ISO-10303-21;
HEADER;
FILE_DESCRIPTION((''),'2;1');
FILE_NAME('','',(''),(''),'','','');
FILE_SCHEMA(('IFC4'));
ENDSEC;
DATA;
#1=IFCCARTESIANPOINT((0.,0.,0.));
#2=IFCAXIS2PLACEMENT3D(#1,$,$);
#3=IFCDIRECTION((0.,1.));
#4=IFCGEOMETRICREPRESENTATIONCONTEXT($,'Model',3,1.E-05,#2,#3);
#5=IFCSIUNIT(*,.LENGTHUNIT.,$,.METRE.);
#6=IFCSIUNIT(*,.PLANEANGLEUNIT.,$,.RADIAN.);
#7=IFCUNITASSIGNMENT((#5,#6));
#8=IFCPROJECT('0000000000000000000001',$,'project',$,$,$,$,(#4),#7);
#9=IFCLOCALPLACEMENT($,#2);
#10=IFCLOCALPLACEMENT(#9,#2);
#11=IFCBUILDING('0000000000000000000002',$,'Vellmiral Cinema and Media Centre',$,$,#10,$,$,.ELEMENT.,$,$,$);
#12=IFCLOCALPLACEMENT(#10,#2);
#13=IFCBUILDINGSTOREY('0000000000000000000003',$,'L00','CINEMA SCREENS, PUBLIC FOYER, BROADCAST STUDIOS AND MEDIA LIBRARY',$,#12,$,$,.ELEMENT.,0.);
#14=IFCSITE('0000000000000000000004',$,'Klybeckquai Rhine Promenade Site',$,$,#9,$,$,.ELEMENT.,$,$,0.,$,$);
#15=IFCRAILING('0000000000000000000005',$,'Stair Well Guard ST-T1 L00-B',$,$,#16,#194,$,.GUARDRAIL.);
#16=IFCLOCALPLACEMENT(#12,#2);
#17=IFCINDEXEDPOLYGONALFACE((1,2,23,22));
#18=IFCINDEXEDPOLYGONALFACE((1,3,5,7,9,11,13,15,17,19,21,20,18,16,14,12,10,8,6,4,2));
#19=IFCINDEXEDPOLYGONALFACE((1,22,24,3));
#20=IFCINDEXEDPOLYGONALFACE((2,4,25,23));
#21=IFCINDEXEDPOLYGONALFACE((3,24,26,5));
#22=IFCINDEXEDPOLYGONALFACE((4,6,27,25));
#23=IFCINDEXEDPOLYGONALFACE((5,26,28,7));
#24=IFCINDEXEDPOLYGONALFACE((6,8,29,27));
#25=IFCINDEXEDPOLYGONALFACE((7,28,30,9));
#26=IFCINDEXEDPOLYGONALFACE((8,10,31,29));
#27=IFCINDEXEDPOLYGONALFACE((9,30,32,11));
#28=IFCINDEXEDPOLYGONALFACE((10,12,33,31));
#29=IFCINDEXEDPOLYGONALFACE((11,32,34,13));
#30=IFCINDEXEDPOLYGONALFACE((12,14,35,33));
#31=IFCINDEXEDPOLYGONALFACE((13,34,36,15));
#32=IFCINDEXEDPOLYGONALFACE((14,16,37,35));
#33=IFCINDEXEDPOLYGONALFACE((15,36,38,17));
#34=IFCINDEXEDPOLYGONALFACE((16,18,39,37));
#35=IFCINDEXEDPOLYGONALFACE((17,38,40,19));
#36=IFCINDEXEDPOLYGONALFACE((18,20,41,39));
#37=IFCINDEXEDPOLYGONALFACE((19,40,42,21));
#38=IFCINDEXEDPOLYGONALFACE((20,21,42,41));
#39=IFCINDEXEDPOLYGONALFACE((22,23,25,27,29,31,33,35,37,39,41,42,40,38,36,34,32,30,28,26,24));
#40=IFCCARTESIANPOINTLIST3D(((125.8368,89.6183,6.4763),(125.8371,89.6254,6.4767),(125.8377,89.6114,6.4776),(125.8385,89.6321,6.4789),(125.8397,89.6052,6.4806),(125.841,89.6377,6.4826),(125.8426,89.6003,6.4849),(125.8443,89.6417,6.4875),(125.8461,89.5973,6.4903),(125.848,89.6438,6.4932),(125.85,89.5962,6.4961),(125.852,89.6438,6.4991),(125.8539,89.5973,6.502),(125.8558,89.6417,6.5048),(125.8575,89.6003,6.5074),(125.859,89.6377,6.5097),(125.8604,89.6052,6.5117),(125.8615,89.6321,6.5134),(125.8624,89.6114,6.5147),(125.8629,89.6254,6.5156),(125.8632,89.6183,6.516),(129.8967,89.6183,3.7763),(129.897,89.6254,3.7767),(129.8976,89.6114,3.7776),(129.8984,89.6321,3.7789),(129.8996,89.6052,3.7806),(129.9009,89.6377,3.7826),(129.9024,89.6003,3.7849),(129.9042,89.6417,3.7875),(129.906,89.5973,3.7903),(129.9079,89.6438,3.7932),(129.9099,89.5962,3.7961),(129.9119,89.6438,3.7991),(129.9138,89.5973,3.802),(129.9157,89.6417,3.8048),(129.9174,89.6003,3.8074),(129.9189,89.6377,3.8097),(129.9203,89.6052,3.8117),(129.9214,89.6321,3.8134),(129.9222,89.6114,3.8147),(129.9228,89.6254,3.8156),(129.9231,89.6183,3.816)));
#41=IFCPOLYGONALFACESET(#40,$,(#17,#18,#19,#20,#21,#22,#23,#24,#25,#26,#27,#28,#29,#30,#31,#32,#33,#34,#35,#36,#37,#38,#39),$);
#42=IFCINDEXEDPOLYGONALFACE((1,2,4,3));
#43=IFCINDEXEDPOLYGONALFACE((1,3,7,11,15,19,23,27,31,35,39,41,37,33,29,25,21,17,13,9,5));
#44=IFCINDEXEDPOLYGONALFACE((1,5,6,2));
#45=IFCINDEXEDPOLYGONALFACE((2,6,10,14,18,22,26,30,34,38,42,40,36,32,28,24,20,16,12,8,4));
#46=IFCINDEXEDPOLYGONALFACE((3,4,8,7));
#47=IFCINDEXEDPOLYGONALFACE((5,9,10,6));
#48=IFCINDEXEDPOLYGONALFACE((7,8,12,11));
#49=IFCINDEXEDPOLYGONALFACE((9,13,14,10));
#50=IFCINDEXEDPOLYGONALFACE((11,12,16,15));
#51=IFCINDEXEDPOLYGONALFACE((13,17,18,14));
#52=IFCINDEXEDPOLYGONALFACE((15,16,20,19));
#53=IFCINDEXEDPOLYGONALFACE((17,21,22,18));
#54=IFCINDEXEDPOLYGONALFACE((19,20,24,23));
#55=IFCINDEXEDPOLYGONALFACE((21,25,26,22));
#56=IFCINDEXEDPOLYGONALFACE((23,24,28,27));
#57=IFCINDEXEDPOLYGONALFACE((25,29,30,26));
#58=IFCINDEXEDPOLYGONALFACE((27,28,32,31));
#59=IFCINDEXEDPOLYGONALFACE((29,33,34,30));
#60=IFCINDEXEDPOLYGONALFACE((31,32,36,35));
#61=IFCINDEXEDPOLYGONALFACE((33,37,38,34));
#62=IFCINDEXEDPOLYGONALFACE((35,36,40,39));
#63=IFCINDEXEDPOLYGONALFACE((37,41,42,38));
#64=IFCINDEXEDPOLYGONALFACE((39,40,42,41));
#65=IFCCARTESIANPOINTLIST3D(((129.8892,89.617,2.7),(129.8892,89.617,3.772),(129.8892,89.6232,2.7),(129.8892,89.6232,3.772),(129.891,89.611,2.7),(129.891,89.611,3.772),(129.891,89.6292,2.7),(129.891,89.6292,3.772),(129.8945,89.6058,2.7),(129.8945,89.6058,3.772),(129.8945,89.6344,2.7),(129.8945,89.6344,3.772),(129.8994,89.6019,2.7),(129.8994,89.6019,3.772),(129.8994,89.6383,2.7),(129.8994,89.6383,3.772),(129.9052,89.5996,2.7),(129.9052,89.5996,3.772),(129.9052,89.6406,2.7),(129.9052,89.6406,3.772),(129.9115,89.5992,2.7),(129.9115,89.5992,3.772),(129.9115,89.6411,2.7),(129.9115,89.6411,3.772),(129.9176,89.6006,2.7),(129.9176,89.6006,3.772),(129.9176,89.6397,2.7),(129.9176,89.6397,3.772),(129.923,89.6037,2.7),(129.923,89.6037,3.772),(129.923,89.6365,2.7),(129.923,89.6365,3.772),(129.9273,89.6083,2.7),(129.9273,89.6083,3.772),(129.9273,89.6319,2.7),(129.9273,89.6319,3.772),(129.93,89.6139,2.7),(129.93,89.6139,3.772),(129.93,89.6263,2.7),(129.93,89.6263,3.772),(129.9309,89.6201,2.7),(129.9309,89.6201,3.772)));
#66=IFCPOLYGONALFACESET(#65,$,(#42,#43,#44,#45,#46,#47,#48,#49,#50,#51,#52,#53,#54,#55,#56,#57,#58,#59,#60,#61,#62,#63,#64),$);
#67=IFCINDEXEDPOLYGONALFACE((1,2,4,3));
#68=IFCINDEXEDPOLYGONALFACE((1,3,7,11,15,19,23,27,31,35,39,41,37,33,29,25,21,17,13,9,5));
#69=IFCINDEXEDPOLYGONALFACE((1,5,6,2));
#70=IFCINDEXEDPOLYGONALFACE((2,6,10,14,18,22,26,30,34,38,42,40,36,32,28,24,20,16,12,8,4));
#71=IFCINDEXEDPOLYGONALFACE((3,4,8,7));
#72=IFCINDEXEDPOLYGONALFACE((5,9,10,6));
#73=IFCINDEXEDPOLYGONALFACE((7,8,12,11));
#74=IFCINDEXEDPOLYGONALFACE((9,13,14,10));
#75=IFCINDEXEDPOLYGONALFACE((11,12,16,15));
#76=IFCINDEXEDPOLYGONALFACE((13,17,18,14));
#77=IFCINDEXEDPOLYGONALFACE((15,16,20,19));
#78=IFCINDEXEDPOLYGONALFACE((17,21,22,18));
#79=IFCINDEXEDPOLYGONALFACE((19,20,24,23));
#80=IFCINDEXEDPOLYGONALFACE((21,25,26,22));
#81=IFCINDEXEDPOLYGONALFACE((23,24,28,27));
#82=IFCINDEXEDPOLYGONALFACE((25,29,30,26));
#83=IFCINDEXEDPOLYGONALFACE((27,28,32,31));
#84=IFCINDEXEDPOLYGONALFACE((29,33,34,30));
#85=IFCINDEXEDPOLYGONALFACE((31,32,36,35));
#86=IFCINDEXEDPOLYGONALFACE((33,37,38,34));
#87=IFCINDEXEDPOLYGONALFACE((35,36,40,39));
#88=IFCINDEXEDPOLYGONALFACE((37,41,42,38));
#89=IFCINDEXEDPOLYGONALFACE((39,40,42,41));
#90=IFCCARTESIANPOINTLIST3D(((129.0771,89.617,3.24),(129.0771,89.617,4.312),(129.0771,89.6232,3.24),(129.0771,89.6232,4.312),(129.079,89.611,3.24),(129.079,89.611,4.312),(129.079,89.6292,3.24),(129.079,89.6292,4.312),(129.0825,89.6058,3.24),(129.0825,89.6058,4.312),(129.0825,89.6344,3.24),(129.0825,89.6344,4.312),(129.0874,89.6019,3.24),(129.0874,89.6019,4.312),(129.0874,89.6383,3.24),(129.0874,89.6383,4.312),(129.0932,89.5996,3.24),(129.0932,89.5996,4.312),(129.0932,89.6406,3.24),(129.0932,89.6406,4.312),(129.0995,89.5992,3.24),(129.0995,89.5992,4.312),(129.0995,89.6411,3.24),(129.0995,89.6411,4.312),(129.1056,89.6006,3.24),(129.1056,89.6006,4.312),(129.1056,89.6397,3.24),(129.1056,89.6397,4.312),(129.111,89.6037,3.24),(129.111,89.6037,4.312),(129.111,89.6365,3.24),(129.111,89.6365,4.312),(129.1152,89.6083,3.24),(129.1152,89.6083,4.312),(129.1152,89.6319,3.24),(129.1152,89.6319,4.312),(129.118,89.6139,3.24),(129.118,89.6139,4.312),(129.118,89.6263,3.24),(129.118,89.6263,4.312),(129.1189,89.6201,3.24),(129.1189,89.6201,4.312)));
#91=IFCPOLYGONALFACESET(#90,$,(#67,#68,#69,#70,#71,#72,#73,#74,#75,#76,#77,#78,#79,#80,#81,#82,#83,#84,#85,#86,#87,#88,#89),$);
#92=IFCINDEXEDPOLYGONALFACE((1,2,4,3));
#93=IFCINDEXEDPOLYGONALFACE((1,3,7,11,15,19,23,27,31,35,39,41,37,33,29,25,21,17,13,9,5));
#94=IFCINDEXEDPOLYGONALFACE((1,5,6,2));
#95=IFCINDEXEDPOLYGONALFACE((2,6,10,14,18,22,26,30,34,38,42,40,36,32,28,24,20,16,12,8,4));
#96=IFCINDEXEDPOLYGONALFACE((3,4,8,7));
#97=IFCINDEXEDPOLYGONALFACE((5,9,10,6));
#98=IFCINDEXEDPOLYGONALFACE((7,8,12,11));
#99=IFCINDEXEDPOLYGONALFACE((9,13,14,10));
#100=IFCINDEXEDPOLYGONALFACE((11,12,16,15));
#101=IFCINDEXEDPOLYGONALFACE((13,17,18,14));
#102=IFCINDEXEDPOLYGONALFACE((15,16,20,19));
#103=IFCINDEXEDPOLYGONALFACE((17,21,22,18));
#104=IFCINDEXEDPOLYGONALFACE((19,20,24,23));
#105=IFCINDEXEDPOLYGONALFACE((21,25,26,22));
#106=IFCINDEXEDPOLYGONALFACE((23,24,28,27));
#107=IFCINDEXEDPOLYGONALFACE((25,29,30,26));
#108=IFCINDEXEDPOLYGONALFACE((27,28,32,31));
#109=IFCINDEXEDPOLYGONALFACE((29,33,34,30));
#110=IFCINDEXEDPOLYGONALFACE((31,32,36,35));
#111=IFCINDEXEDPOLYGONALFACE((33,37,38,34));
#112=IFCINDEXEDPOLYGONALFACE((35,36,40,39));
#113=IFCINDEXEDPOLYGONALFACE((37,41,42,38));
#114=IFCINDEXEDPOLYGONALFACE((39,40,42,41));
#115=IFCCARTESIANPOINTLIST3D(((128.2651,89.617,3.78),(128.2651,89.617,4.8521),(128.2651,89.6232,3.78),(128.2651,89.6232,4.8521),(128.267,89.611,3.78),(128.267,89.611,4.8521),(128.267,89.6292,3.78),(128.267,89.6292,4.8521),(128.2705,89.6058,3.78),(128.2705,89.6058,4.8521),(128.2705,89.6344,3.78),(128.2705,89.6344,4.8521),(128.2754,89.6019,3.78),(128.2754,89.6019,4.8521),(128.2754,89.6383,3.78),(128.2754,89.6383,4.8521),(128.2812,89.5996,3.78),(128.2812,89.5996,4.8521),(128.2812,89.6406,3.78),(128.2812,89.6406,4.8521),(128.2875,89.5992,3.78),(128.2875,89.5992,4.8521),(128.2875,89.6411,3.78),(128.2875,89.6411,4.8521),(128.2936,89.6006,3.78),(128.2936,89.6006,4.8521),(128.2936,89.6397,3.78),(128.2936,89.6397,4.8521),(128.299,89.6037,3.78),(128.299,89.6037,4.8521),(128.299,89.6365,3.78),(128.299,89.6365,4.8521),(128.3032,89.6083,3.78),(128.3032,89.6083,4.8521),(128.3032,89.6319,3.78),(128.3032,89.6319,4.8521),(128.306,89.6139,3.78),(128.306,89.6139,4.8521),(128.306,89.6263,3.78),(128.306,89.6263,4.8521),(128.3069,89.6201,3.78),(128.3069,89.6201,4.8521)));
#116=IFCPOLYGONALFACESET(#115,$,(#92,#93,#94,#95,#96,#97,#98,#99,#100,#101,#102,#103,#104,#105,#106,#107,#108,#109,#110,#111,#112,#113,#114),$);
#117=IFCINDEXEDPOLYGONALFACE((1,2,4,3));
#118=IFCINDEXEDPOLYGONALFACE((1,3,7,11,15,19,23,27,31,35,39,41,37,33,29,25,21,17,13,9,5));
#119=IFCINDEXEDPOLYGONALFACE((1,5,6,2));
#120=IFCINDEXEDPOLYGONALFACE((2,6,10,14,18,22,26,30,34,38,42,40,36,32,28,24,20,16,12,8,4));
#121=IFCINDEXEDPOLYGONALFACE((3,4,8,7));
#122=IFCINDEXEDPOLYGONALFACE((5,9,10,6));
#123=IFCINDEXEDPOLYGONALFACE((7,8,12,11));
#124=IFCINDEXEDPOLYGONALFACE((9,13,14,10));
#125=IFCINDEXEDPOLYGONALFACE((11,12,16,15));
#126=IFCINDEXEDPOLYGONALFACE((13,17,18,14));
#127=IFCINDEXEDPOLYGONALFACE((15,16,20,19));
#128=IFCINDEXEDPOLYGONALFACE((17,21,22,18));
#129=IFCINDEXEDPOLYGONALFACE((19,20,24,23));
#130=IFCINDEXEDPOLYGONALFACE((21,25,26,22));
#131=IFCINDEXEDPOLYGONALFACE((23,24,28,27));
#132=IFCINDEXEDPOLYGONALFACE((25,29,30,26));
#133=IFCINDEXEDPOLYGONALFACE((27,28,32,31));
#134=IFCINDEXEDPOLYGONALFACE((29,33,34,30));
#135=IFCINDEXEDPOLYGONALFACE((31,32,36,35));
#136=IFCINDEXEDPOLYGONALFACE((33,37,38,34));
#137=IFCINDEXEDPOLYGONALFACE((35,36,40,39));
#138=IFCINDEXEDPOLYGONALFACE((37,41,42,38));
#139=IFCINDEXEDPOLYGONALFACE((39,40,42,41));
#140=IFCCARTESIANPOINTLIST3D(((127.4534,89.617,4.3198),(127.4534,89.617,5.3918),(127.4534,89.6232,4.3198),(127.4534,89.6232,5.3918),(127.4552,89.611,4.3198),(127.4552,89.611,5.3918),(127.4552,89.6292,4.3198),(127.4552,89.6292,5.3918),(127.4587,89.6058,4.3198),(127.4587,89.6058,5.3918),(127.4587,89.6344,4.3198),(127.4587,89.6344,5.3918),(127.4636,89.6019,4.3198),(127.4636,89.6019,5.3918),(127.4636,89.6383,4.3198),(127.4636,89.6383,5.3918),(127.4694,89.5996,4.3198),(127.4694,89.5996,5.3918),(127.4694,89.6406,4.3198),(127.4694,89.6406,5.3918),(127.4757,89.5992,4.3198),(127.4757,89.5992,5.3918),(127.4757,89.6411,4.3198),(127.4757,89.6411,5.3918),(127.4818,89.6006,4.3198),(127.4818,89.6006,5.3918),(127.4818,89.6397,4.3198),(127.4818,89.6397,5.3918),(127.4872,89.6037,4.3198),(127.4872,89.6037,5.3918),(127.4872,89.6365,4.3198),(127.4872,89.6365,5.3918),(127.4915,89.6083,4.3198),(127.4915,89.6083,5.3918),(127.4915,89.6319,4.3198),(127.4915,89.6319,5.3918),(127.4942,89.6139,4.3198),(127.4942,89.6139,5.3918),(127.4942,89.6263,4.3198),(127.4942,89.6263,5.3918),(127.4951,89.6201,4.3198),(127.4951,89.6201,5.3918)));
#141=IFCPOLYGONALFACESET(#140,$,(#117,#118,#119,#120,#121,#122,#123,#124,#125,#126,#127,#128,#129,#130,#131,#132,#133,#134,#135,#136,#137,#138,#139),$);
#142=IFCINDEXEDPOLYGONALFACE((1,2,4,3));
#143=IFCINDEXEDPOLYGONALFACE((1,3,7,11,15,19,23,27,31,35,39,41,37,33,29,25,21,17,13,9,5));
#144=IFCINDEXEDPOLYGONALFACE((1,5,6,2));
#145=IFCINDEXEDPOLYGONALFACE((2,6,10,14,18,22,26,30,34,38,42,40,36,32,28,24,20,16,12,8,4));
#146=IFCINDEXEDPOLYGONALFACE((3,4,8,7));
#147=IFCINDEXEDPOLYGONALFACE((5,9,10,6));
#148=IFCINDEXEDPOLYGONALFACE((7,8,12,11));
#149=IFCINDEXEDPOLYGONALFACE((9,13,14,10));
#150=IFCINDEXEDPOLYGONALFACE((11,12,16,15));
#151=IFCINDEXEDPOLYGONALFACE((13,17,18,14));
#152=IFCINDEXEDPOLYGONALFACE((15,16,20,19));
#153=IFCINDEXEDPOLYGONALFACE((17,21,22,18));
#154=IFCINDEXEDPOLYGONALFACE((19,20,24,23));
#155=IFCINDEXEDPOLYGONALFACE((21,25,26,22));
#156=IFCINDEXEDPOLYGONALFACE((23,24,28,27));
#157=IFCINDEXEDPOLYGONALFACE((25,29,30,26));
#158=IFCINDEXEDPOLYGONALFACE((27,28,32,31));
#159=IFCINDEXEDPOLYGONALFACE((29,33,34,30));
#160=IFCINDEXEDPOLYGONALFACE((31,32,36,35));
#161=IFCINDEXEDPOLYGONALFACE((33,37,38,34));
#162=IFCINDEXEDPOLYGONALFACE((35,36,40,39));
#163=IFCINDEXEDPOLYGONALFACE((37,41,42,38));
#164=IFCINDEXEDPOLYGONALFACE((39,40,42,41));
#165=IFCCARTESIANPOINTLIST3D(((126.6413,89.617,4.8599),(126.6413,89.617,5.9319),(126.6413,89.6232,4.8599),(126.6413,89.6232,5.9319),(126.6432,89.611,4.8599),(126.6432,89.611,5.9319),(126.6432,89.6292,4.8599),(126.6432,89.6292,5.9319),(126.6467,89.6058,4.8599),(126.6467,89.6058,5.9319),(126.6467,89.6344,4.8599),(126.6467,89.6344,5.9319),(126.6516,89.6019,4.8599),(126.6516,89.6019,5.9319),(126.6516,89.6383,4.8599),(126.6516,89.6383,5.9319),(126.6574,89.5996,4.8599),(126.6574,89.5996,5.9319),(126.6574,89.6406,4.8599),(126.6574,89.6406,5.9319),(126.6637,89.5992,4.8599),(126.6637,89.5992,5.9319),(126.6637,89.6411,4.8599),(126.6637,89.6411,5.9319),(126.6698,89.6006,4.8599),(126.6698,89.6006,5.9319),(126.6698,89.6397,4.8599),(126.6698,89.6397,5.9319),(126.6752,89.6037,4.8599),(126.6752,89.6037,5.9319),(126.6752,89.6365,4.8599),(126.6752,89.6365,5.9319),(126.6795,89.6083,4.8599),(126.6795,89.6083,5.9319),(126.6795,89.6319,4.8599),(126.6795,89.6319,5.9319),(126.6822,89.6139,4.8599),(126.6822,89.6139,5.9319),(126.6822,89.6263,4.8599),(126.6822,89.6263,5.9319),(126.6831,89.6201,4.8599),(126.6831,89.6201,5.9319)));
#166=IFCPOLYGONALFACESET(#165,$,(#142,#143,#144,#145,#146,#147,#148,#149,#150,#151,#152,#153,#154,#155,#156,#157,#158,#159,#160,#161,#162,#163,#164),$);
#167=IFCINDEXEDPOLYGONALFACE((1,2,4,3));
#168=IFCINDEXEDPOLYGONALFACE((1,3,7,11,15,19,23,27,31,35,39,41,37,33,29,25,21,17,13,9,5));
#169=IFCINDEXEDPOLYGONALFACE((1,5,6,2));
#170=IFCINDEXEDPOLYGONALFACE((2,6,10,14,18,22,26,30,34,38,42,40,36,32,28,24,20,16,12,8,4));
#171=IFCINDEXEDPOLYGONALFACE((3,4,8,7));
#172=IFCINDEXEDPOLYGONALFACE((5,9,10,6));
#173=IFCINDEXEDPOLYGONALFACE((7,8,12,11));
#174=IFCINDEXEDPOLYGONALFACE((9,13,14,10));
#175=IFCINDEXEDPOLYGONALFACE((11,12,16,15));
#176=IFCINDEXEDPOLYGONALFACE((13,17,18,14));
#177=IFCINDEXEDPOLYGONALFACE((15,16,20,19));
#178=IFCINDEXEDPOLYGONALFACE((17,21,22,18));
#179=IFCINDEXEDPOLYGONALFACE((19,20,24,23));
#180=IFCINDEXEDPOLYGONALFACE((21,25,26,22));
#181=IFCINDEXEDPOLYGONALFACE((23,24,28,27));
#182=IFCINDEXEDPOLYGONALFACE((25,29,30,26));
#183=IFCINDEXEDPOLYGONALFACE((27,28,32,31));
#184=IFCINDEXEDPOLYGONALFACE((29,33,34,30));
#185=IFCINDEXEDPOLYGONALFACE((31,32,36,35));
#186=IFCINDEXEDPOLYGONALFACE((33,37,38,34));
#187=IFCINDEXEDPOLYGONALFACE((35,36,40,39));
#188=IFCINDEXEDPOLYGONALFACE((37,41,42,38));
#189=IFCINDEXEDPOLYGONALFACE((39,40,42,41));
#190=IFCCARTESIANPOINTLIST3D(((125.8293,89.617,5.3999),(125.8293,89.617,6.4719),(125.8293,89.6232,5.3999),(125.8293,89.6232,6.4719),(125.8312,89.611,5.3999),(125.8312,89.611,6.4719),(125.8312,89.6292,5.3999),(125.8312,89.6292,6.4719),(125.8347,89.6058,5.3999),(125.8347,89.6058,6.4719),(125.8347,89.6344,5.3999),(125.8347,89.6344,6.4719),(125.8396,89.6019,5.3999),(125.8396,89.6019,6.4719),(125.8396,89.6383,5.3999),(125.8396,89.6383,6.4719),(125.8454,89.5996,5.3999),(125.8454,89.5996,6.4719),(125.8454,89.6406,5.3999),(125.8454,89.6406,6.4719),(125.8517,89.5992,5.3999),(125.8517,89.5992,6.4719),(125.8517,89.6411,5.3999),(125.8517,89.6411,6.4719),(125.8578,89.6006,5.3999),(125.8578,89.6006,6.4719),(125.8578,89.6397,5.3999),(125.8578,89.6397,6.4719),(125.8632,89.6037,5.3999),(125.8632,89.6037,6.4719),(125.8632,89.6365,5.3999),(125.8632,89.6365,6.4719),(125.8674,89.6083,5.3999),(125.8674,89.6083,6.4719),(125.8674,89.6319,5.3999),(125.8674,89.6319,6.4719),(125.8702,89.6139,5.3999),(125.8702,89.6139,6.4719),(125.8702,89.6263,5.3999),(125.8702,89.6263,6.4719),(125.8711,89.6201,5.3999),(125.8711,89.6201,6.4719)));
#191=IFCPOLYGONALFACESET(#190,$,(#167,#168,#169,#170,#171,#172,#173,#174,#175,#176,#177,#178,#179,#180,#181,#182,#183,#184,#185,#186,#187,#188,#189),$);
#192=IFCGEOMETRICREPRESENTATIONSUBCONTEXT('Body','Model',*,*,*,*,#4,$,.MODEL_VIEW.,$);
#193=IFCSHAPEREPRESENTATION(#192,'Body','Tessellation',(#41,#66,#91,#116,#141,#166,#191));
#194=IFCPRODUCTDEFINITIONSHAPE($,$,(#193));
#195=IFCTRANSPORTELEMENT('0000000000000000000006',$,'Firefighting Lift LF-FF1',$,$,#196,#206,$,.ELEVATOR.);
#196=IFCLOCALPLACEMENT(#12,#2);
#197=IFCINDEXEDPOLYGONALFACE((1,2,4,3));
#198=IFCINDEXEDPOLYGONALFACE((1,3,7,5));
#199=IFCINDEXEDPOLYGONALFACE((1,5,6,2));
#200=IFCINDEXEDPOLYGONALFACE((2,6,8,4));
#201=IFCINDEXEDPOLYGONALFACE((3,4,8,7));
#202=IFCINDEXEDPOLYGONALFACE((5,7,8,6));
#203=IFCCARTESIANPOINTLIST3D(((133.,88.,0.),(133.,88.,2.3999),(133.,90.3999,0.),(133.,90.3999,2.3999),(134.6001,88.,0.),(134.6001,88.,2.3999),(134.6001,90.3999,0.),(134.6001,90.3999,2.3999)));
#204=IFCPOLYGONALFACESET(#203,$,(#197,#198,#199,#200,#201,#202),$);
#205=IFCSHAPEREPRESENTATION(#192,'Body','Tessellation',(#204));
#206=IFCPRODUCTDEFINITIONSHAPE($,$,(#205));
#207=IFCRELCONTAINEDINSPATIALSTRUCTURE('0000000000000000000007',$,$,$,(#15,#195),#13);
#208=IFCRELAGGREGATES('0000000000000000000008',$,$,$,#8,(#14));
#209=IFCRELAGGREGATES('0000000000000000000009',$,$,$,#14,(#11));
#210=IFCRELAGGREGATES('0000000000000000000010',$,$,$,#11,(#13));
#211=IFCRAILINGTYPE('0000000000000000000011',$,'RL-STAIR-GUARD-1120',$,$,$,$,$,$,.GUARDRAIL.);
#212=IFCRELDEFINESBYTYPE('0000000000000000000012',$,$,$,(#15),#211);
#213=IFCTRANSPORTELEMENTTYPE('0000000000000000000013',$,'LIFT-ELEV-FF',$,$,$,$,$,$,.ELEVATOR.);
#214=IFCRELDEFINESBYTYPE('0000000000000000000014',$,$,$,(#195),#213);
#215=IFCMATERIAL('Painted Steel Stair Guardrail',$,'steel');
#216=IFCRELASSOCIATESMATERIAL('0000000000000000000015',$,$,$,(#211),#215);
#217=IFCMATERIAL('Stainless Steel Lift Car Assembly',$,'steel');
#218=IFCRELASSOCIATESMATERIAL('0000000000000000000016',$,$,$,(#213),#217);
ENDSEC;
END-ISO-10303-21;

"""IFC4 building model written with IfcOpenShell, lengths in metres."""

from ifc_helpers import new_model, si_unit, direction, frame, origin, origin_2d, place, context, subcontext, project, spatial, rectangle, circle, extrude, material, type_object, element, save


model = new_model("IFC4")

# Units and contexts
model_context = context("Model", 3, precision=1e-05, world=origin(), true_north=direction((0.0, 1.0)))
body_context = subcontext(model_context, "Body", "Model", "MODEL_VIEW")
ifc_project = project(units=[si_unit("LENGTHUNIT", "METRE"), si_unit("PLANEANGLEUNIT", "RADIAN")], contexts=[model_context])

# Site, building, storey
site_placement = place(None, origin())
site = spatial("IfcSite", under=ifc_project, at=site_placement, Name="Klybeckquai Rhine Promenade Site", CompositionType="ELEMENT", RefElevation=0.0)
building_placement = place(site_placement, origin())
building = spatial("IfcBuilding", under=site, at=building_placement, Name="Vellmiral Cinema and Media Centre", CompositionType="ELEMENT")
storey_placement = place(building_placement, origin())
storey = spatial("IfcBuildingStorey", under=building, at=storey_placement, Name="L00", Description="CINEMA SCREENS, PUBLIC FOYER, BROADCAST STUDIOS AND MEDIA LIBRARY", CompositionType="ELEMENT", Elevation=0.0)

# Railing
ifc_material_1 = material(Name="Painted Steel Stair Guardrail", Category="steel")
railing_type_1 = type_object("IfcRailingType", Name="RL-STAIR-GUARD-1120", PredefinedType="GUARDRAIL", material=ifc_material_1)
railing_1_placement = place(storey_placement, frame((129.9099, 89.6201, 2.7)))
element("IfcRailing", 1, at=railing_1_placement, inside=storey, type_object=railing_type_1, Name="Stair Well Guard ST-T1 L00-B", PredefinedType="GUARDRAIL", context=body_context, shape_type="SweptSolid", body=[
    extrude(circle(Radius=0.0239, at=origin_2d()), frame((0.0, 0.0, 1.0962), z_axis=(-0.832674, 0.0, 0.553764), x_axis=(0.0, -1.0, 0.0)), (0.0, 0.0, 1.0), 4.8757),
    extrude(circle(Radius=0.021, at=origin_2d()), origin(), (0.0, 0.0, 1.0), 1.072),
    extrude(circle(Radius=0.021, at=origin_2d()), frame((-0.812, 0.0, 0.54)), (0.0, 0.0, 1.0), 1.072),
    extrude(circle(Radius=0.021, at=origin_2d()), frame((-1.624, 0.0, 1.0801)), (0.0, 0.0, 1.0), 1.072),
    extrude(circle(Radius=0.021, at=origin_2d()), frame((-2.4358, 0.0, 1.6199)), (0.0, 0.0, 1.0), 1.072),
    extrude(circle(Radius=0.021, at=origin_2d()), frame((-3.2478, 0.0, 2.1599)), (0.0, 0.0, 1.0), 1.072),
    extrude(circle(Radius=0.021, at=origin_2d()), frame((-4.0598, 0.0, 2.7)), (0.0, 0.0, 1.0), 1.072),
])

# Transport element
ifc_material_2 = material(Name="Stainless Steel Lift Car Assembly", Category="steel")
transport_element_type = type_object("IfcTransportElementType", Name="LIFT-ELEV-FF", PredefinedType="ELEVATOR", material=ifc_material_2)
transport_element_placement = place(storey_placement, frame((133.8, 89.2, 0.0), z_axis=(0.0, 0.0, 1.0), x_axis=(1.0, 0.0, 0.0)))
element("IfcTransportElement", 2, at=transport_element_placement, inside=storey, type_object=transport_element_type, Name="Firefighting Lift LF-FF1", PredefinedType="ELEVATOR", context=body_context, shape_type="SweptSolid", body=[
    extrude(rectangle(XDim=1.6001, YDim=2.3999, at=origin_2d()), origin(), (0.0, 0.0, 1.0), 2.3999),
])

save(model, "model.ifc")
